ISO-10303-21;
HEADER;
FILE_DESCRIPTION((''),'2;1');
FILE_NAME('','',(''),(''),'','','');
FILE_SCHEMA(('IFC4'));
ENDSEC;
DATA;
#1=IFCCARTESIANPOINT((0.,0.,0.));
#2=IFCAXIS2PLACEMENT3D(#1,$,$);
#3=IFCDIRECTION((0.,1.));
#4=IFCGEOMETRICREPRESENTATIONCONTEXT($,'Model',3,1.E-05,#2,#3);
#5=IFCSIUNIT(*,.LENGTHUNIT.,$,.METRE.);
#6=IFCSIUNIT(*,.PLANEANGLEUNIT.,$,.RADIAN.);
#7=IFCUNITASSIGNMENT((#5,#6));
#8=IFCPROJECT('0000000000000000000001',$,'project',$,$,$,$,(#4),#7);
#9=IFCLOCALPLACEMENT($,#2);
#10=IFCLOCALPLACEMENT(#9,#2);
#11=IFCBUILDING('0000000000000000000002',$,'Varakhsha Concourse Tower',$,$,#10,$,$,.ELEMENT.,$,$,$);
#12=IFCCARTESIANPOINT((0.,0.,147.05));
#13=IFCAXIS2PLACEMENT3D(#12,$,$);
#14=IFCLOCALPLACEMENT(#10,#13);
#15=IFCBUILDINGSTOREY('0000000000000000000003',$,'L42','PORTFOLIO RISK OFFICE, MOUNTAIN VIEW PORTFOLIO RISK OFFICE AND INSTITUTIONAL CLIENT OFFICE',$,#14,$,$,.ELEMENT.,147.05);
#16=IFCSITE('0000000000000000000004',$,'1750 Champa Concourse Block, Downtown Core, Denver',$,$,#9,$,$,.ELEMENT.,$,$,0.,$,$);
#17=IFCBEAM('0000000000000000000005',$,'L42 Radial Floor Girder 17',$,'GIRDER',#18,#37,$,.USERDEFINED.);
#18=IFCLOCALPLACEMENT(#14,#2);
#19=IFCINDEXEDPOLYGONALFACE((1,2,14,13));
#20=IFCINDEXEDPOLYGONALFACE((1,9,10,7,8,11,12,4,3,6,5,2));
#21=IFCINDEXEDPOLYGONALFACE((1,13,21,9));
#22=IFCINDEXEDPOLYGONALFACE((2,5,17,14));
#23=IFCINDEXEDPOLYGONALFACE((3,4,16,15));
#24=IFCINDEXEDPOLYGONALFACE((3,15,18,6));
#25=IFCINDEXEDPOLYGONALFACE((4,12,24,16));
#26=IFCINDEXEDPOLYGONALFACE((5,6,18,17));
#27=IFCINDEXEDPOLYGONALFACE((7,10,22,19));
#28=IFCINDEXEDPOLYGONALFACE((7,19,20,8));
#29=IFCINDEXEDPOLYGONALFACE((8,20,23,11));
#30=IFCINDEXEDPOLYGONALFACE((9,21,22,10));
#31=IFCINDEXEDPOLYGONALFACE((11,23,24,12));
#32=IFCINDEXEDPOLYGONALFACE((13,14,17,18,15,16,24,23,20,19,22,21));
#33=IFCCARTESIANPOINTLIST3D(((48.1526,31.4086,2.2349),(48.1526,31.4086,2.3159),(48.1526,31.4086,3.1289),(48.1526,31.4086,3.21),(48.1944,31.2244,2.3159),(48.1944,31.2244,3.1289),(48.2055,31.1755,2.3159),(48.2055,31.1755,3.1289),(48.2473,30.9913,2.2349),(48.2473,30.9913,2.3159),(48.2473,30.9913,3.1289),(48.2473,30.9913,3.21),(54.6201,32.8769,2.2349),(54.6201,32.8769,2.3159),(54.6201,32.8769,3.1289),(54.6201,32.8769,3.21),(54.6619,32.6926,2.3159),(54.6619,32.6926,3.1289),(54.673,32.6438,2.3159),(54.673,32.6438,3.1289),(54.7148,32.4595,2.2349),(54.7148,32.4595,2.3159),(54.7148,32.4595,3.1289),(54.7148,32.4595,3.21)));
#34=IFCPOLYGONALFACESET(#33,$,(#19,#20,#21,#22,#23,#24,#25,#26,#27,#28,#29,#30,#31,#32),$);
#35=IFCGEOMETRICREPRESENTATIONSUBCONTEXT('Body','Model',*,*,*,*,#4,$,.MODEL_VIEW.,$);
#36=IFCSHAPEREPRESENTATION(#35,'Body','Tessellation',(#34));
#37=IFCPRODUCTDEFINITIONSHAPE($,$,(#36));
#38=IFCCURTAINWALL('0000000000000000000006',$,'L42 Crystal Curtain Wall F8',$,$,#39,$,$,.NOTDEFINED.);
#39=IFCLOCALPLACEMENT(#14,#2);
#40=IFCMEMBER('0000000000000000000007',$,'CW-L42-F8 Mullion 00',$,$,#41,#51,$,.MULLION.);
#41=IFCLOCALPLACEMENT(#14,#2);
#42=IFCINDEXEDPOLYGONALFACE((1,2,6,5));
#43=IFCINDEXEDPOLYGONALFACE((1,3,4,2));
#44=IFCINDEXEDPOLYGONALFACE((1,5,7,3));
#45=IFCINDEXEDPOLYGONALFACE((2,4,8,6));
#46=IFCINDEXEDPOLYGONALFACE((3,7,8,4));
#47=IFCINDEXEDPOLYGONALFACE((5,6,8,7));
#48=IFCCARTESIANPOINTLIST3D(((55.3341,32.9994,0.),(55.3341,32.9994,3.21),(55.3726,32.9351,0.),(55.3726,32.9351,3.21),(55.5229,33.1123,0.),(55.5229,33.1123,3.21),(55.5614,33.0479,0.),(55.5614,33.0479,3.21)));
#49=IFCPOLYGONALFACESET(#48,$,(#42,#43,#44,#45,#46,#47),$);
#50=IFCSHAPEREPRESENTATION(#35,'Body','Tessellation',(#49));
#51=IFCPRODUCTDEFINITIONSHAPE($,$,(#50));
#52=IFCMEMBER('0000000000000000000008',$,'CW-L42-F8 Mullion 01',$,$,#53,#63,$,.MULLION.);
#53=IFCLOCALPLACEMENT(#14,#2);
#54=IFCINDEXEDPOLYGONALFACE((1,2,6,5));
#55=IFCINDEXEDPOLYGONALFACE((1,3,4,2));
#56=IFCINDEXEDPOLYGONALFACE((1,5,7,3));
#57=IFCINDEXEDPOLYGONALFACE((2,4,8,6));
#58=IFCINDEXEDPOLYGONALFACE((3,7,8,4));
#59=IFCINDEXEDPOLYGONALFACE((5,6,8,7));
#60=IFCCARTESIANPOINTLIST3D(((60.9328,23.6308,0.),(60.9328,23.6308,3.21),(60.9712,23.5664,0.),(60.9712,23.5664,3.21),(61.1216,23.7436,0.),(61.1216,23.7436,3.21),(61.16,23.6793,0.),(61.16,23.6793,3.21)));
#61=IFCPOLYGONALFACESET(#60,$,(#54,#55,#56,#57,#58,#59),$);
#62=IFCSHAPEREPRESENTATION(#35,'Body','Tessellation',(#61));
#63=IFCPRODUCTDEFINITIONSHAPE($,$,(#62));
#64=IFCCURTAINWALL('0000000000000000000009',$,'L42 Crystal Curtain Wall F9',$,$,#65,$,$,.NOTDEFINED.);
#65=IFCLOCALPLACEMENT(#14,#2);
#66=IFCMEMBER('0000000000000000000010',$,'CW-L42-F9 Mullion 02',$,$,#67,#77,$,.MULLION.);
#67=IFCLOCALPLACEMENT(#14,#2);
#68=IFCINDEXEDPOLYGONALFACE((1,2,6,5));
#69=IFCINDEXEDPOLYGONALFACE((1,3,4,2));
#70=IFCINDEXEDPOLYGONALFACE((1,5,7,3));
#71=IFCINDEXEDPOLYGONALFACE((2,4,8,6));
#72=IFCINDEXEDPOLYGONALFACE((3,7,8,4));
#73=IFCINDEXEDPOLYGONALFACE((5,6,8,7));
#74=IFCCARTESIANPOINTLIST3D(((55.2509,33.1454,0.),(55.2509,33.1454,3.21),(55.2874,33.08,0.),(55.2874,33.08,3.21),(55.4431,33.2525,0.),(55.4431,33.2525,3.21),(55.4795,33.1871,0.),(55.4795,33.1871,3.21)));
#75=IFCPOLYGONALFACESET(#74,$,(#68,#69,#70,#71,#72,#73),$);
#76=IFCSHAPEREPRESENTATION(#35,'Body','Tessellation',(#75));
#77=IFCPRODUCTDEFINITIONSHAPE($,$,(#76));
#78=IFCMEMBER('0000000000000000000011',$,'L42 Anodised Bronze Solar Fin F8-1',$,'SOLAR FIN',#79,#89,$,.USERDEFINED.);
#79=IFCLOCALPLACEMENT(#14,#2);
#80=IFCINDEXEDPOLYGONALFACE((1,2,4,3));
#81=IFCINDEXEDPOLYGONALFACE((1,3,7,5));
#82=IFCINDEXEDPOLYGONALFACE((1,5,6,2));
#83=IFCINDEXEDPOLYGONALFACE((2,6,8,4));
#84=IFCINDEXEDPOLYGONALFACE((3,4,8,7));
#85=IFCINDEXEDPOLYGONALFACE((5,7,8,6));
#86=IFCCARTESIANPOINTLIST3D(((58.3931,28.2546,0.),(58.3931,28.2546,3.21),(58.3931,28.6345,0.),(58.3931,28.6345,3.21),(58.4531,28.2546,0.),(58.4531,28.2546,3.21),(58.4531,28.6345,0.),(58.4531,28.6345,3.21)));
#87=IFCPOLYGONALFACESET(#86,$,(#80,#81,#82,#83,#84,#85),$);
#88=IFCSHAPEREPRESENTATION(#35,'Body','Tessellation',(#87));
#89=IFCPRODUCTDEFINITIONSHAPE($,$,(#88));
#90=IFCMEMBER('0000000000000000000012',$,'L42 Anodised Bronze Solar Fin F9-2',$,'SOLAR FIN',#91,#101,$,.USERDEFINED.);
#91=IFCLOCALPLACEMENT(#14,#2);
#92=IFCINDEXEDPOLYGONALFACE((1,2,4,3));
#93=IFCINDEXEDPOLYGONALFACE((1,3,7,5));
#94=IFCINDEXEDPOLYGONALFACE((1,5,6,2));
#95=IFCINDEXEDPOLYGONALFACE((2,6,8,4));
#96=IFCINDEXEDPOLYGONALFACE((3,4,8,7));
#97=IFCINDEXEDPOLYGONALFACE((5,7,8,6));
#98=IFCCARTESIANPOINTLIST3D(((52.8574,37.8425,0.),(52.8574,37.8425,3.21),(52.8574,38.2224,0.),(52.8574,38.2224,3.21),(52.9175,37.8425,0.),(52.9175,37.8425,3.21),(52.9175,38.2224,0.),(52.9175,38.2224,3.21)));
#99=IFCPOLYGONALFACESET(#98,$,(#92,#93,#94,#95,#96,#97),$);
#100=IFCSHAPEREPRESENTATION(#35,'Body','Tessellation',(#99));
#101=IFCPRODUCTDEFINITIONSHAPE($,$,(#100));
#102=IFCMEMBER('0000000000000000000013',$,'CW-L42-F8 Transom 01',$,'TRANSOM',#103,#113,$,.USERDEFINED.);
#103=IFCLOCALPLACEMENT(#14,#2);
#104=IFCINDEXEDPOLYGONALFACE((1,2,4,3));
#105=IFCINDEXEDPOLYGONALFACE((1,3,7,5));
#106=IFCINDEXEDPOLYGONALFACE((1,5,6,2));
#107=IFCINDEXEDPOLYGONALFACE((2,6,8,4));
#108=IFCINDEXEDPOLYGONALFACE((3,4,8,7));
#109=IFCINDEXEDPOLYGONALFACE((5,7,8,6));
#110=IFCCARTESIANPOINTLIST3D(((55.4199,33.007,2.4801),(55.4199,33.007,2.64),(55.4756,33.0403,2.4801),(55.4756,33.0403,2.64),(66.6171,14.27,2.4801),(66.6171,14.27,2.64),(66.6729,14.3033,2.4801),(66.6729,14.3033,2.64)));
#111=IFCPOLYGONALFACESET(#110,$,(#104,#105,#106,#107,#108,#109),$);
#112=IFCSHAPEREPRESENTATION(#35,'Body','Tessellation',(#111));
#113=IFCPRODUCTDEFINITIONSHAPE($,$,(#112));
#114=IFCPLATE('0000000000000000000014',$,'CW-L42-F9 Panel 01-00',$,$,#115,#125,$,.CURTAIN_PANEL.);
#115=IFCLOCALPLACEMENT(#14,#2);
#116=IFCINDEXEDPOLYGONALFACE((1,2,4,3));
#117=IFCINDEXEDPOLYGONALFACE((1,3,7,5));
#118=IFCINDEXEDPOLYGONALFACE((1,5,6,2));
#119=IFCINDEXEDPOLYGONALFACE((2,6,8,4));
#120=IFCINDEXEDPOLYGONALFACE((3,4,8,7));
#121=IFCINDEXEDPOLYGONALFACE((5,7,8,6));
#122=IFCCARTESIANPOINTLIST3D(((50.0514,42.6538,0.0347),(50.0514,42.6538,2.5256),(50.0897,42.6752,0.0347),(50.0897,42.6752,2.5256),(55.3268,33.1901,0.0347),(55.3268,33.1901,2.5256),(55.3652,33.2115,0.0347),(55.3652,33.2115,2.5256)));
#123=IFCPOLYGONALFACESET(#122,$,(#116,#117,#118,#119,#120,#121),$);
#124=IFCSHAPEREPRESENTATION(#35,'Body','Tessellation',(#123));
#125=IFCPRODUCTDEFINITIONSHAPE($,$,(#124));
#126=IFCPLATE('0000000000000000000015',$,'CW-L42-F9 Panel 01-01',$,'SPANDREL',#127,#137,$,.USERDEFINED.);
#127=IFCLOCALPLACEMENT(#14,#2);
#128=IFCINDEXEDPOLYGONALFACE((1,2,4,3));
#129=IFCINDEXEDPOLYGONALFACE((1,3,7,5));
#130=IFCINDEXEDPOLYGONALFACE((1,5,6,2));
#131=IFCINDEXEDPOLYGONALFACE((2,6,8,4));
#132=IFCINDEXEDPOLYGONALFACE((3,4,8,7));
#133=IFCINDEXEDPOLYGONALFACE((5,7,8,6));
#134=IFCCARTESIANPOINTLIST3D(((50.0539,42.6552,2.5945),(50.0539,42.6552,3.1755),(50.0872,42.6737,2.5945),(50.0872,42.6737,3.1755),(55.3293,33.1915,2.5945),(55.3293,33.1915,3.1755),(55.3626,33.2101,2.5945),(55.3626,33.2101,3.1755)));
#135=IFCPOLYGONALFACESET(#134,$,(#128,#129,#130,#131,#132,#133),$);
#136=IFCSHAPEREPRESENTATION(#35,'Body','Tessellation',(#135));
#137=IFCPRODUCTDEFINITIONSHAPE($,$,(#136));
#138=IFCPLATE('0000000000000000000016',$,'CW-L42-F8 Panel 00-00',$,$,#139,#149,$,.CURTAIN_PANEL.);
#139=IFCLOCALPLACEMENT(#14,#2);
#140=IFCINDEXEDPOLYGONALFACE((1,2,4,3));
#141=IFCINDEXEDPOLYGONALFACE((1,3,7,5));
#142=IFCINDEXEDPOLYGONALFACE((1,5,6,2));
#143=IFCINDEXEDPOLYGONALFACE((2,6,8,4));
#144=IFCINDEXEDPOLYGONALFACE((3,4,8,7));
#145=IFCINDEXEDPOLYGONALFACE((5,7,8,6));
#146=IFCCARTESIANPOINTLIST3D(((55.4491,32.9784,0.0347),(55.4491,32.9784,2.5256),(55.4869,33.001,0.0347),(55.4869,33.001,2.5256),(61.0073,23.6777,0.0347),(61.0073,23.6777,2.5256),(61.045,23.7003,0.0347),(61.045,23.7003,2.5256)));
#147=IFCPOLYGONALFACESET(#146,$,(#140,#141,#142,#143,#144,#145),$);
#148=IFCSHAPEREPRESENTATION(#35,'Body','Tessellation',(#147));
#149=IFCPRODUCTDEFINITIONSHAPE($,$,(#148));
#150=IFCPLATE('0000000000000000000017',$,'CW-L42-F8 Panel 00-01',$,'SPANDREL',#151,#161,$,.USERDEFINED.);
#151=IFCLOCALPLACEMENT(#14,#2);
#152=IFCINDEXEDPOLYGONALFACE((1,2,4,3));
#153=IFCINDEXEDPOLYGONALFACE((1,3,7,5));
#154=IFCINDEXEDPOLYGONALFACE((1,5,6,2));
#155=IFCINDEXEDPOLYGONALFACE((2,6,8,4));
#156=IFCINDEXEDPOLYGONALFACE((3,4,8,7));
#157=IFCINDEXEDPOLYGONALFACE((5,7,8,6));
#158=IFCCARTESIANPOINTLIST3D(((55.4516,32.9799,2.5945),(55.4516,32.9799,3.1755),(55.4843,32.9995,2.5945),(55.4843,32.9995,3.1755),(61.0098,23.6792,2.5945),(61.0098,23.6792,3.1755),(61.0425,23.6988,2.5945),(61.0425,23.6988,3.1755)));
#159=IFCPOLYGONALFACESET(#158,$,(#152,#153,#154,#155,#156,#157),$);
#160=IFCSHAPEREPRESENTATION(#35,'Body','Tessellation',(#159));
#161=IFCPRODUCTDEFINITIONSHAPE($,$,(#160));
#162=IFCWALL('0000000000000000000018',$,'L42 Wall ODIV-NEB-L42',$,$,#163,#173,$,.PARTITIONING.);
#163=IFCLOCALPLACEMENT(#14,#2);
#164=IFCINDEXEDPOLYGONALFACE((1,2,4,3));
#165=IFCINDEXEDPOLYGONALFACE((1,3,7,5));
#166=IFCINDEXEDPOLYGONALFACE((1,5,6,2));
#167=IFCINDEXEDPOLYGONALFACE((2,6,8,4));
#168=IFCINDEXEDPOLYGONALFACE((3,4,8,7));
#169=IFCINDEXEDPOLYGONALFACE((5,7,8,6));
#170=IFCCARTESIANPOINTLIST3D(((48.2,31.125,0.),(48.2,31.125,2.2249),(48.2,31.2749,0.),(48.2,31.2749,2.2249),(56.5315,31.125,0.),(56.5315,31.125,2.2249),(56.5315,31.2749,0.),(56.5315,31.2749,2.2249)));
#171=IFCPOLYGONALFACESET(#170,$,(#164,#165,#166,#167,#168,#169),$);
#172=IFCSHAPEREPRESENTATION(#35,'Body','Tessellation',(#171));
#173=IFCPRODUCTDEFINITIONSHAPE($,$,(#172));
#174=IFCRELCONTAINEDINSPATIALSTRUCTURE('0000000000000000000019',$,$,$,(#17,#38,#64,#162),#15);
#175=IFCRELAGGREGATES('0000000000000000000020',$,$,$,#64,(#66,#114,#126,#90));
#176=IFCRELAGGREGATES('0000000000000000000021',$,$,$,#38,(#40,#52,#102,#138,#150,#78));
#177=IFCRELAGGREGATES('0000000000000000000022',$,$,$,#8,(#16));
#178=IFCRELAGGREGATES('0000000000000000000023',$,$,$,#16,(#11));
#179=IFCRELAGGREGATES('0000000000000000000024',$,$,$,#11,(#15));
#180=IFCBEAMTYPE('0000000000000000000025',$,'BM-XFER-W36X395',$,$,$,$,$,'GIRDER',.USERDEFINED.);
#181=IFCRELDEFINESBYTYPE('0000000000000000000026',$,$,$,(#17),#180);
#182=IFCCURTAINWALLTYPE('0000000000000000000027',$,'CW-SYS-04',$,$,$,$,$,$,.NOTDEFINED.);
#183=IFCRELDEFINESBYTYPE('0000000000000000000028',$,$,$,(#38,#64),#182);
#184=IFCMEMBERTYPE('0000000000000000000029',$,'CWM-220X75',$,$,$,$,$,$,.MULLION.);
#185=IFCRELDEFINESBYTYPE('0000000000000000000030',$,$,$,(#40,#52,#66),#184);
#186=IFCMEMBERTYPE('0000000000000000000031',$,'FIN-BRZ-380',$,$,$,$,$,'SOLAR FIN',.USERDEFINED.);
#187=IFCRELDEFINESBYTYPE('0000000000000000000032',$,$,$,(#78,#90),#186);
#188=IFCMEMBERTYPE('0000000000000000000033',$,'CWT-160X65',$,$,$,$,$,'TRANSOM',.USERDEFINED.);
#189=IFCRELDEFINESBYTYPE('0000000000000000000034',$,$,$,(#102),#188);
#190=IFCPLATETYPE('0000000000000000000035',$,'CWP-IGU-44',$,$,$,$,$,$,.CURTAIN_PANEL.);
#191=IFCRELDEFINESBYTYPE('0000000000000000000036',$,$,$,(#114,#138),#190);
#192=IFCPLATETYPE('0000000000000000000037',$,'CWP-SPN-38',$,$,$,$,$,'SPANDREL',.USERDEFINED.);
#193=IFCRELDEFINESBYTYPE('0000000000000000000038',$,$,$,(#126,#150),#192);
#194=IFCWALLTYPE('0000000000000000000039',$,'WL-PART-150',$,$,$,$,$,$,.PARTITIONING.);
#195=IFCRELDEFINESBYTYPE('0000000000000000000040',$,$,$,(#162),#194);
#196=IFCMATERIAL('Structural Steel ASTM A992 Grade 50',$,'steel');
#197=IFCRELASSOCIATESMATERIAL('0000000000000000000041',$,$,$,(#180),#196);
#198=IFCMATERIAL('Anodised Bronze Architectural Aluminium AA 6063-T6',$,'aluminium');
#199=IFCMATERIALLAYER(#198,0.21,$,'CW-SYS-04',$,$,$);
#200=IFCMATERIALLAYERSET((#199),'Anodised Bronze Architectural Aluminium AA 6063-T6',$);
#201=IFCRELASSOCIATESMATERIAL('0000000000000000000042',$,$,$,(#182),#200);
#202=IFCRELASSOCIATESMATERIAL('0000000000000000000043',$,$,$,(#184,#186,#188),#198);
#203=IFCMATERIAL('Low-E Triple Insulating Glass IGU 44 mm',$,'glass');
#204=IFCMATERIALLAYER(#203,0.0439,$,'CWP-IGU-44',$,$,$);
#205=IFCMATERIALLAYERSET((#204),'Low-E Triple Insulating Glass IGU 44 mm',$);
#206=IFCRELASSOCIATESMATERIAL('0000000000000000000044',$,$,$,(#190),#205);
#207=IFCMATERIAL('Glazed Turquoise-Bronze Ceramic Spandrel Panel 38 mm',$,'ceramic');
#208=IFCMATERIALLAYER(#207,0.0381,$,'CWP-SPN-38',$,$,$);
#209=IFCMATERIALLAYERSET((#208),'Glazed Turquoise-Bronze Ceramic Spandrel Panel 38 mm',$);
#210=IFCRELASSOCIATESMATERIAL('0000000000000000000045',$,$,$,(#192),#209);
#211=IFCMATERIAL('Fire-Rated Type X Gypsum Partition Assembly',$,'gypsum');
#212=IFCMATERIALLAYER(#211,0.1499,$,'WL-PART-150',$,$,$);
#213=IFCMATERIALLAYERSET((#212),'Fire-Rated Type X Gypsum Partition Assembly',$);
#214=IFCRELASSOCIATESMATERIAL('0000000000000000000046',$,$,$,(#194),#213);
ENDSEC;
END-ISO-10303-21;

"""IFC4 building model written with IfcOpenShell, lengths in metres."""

from ifc_helpers import new_model, si_unit, direction, frame, frame_2d, origin, origin_2d, place, context, subcontext, project, spatial, rectangle, i_section, extrude, source, transform, mapped, material, layer, layer_set, material_profile, profile_set, type_object, type_shapes, element, aggregate, save


model = new_model("IFC4")

# Units and contexts
model_context = context("Model", 3, precision=1e-05, world=origin(), true_north=direction((0.0, 1.0)))
body_context = subcontext(model_context, "Body", "Model", "MODEL_VIEW")
ifc_project = project(units=[si_unit("LENGTHUNIT", "METRE"), si_unit("PLANEANGLEUNIT", "RADIAN")], contexts=[model_context])

# Site, building, storey
site_placement = place(None, origin())
site = spatial("IfcSite", under=ifc_project, at=site_placement, Name="1750 Champa Concourse Block, Downtown Core, Denver", CompositionType="ELEMENT", RefElevation=0.0)
building_placement = place(site_placement, origin())
building = spatial("IfcBuilding", under=site, at=building_placement, Name="Varakhsha Concourse Tower", CompositionType="ELEMENT")
storey_placement = place(building_placement, frame((0.0, 0.0, 147.05)))
storey = spatial("IfcBuildingStorey", under=building, at=storey_placement, Name="L42", Description="PORTFOLIO RISK OFFICE, MOUNTAIN VIEW PORTFOLIO RISK OFFICE AND INSTITUTIONAL CLIENT OFFICE", CompositionType="ELEMENT", Elevation=147.05)

# Shared definitions
ifc_material_1 = material(Name="Structural Steel ASTM A992 Grade 50", Category="steel")

# Beam
ifc_material_profile_1 = material_profile(ifc_material_1, i_section(OverallWidth=0.428, OverallDepth=0.9751, WebThickness=0.05, FlangeThickness=0.0811, at=origin_2d()), Name="W36X395")
ifc_profile_set_1 = profile_set([ifc_material_profile_1], Name="Structural Steel ASTM A992 Grade 50")
beam_type_1 = type_object("IfcBeamType", Name="BM-XFER-W36X395", ElementType="GIRDER", PredefinedType="USERDEFINED", material=ifc_profile_set_1)
beam_1_placement = place(storey_placement, frame((48.2, 31.2, 2.7224), z_axis=(0.975186, 0.221387, 0.0), x_axis=(-0.221387, 0.975186, 0.0)))
element("IfcBeam", 1, at=beam_1_placement, inside=storey, type_object=beam_type_1, Name="L42 Radial Floor Girder 17", ObjectType="GIRDER", PredefinedType="USERDEFINED", context=body_context, shape_type="SweptSolid", body=[
    extrude(i_section(OverallWidth=0.428, OverallDepth=0.9751, WebThickness=0.05, FlangeThickness=0.0811, at=origin_2d()), origin(), (0.0, 0.0, 1.0), 6.6321),
])

# Curtain wall, members
ifc_material_2 = material(Name="Anodised Bronze Architectural Aluminium AA 6063-T6", Category="aluminium")
ifc_layer_1 = layer(ifc_material_2, 0.21, Name="CW-SYS-04")
ifc_layer_set_1 = layer_set([ifc_layer_1], Name="Anodised Bronze Architectural Aluminium AA 6063-T6")
curtain_wall_type = type_object("IfcCurtainWallType", Name="CW-SYS-04", PredefinedType="NOTDEFINED", material=ifc_layer_set_1)
curtain_wall_1_placement = place(storey_placement, origin())
curtain_wall_1 = element("IfcCurtainWall", 2, at=curtain_wall_1_placement, inside=storey, type_object=curtain_wall_type, Name="L42 Crystal Curtain Wall F8", PredefinedType="NOTDEFINED")
ifc_material_profile_2 = material_profile(ifc_material_2, rectangle(XDim=0.075, YDim=0.22, at=origin_2d()), Name="CWM-220X75")
ifc_profile_set_2 = profile_set([ifc_material_profile_2], Name="Anodised Bronze Architectural Aluminium AA 6063-T6")
member_type_1 = type_object("IfcMemberType", Name="CWM-220X75", PredefinedType="MULLION", material=ifc_profile_set_2)
shared_shape_1 = source(origin(), body_context, "Body", "SweptSolid", [
    extrude(rectangle(XDim=0.075, YDim=0.22, at=origin_2d()), origin(), (0.0, 0.0, 1.0), 3.21),
])
type_shapes(member_type_1, [shared_shape_1])
member_1_placement = place(storey_placement, frame((55.4478, 33.0237, 0.0), z_axis=(0.0, 0.0, 1.0), x_axis=(0.512984, -0.858398, 0.0)))
member_1 = element("IfcMember", 3, at=member_1_placement, type_object=member_type_1, Name="CW-L42-F8 Mullion 00", PredefinedType="MULLION", context=body_context, shape_type="MappedRepresentation", body=[
    mapped(shared_shape_1, transform((0.0, 0.0, 0.0), scale=1.0)),
])
member_2_placement = place(storey_placement, frame((61.0464, 23.655, 0.0), z_axis=(0.0, 0.0, 1.0), x_axis=(0.512984, -0.858398, 0.0)))
member_2 = element("IfcMember", 4, at=member_2_placement, type_object=member_type_1, Name="CW-L42-F8 Mullion 01", PredefinedType="MULLION", context=body_context, shape_type="MappedRepresentation", body=[
    mapped(shared_shape_1, transform((0.0, 0.0, 0.0), scale=1.0)),
])

# Curtain wall, member
curtain_wall_2_placement = place(storey_placement, origin())
curtain_wall_2 = element("IfcCurtainWall", 5, at=curtain_wall_2_placement, inside=storey, type_object=curtain_wall_type, Name="L42 Crystal Curtain Wall F9", PredefinedType="NOTDEFINED")
member_3_placement = place(storey_placement, frame((55.3652, 33.1663, 0.0), z_axis=(0.0, 0.0, 1.0), x_axis=(0.4869, -0.873458, 0.0)))
member_3 = element("IfcMember", 6, at=member_3_placement, type_object=member_type_1, Name="CW-L42-F9 Mullion 02", PredefinedType="MULLION", context=body_context, shape_type="MappedRepresentation", body=[
    mapped(shared_shape_1, transform((0.0, 0.0, 0.0), scale=1.0)),
])

# Members
ifc_material_profile_3 = material_profile(ifc_material_2, rectangle(XDim=0.0601, YDim=0.3799, at=origin_2d()), Name="FIN-BRZ-380")
ifc_profile_set_3 = profile_set([ifc_material_profile_3], Name="Anodised Bronze Architectural Aluminium AA 6063-T6")
member_type_2 = type_object("IfcMemberType", Name="FIN-BRZ-380", ElementType="SOLAR FIN", PredefinedType="USERDEFINED", material=ifc_profile_set_3)
shared_shape_2 = source(origin(), body_context, "Body", "SweptSolid", [
    extrude(rectangle(XDim=0.0601, YDim=0.3799, at=origin_2d()), origin(), (0.0, 0.0, 1.0), 3.21),
])
type_shapes(member_type_2, [shared_shape_2])
member_4_placement = place(storey_placement, frame((58.4231, 28.4446, 0.0), z_axis=(0.0, 0.0, 1.0), x_axis=(1.0, 0.0, 0.0)))
member_4 = element("IfcMember", 7, at=member_4_placement, type_object=member_type_2, Name="L42 Anodised Bronze Solar Fin F8-1", ObjectType="SOLAR FIN", PredefinedType="USERDEFINED", context=body_context, shape_type="MappedRepresentation", body=[
    mapped(shared_shape_2, transform((0.0, 0.0, 0.0), scale=1.0)),
])
member_5_placement = place(storey_placement, frame((52.8875, 38.0325, 0.0), z_axis=(0.0, 0.0, 1.0), x_axis=(1.0, 0.0, 0.0)))
member_5 = element("IfcMember", 8, at=member_5_placement, type_object=member_type_2, Name="L42 Anodised Bronze Solar Fin F9-2", ObjectType="SOLAR FIN", PredefinedType="USERDEFINED", context=body_context, shape_type="MappedRepresentation", body=[
    mapped(shared_shape_2, transform((0.0, 0.0, 0.0), scale=1.0)),
])
ifc_material_profile_4 = material_profile(ifc_material_2, rectangle(XDim=0.0649, YDim=0.1599, at=origin_2d()), Name="CWT-160X65")
ifc_profile_set_4 = profile_set([ifc_material_profile_4], Name="Anodised Bronze Architectural Aluminium AA 6063-T6")
member_type_3 = type_object("IfcMemberType", Name="CWT-160X65", ElementType="TRANSOM", PredefinedType="USERDEFINED", material=ifc_profile_set_4)
shared_shape_3 = source(origin(), body_context, "Body", "SweptSolid", [
    extrude(rectangle(XDim=0.0649, YDim=0.1599, at=origin_2d()), origin(), (0.0, 0.0, 1.0), 21.8279),
])
type_shapes(member_type_3, [shared_shape_3])
member_6_placement = place(storey_placement, frame((55.4478, 33.0237, 2.5601), z_axis=(0.51298, -0.858401, 0.0), x_axis=(0.858401, 0.51298, 0.0)))
member_6 = element("IfcMember", 9, at=member_6_placement, type_object=member_type_3, Name="CW-L42-F8 Transom 01", ObjectType="TRANSOM", PredefinedType="USERDEFINED", context=body_context, shape_type="MappedRepresentation", body=[
    mapped(shared_shape_3, transform((0.0, 0.0, 0.0), scale=1.0)),
])

# Plates
ifc_material_3 = material(Name="Low-E Triple Insulating Glass IGU 44 mm", Category="glass")
ifc_layer_2 = layer(ifc_material_3, 0.0439, Name="CWP-IGU-44")
ifc_layer_set_2 = layer_set([ifc_layer_2], Name="Low-E Triple Insulating Glass IGU 44 mm")
plate_type_1 = type_object("IfcPlateType", Name="CWP-IGU-44", PredefinedType="CURTAIN_PANEL", material=ifc_layer_set_2)
shared_shape_4 = source(origin(), body_context, "Body", "SweptSolid", [
    extrude(rectangle(XDim=10.8347, YDim=0.0439, at=origin_2d()), origin(), (0.0, 0.0, 1.0), 2.491),
])
plate_1_placement = place(storey_placement, frame((52.7083, 37.9326, 0.0347), z_axis=(0.0, 0.0, 1.0), x_axis=(0.4869, -0.873458, 0.0)))
plate_1 = element("IfcPlate", 10, at=plate_1_placement, type_object=plate_type_1, Name="CW-L42-F9 Panel 01-00", PredefinedType="CURTAIN_PANEL", context=body_context, shape_type="MappedRepresentation", body=[
    mapped(shared_shape_4, transform((0.0, 0.0, 0.0), scale=1.0)),
])
ifc_material_4 = material(Name="Glazed Turquoise-Bronze Ceramic Spandrel Panel 38 mm", Category="ceramic")
ifc_layer_3 = layer(ifc_material_4, 0.0381, Name="CWP-SPN-38")
ifc_layer_set_3 = layer_set([ifc_layer_3], Name="Glazed Turquoise-Bronze Ceramic Spandrel Panel 38 mm")
plate_type_2 = type_object("IfcPlateType", Name="CWP-SPN-38", ElementType="SPANDREL", PredefinedType="USERDEFINED", material=ifc_layer_set_3)
shared_shape_5 = source(origin(), body_context, "Body", "SweptSolid", [
    extrude(rectangle(XDim=10.8347, YDim=0.0381, at=origin_2d()), origin(), (0.0, 0.0, 1.0), 0.5811),
])
plate_2_placement = place(storey_placement, frame((52.7083, 37.9326, 2.5945), z_axis=(0.0, 0.0, 1.0), x_axis=(0.4869, -0.873458, 0.0)))
plate_2 = element("IfcPlate", 11, at=plate_2_placement, type_object=plate_type_2, Name="CW-L42-F9 Panel 01-01", ObjectType="SPANDREL", PredefinedType="USERDEFINED", context=body_context, shape_type="MappedRepresentation", body=[
    mapped(shared_shape_5, transform((0.0, 0.0, 0.0), scale=1.0)),
])
aggregate(curtain_wall_2, [member_3, plate_1, plate_2, member_5])
shared_shape_6 = source(origin(), body_context, "Body", "SweptSolid", [
    extrude(rectangle(XDim=10.835, YDim=0.0439, at=origin_2d()), origin(), (0.0, 0.0, 1.0), 2.491),
])
type_shapes(plate_type_1, [shared_shape_4, shared_shape_6])
plate_3_placement = place(storey_placement, frame((58.2471, 28.3394, 0.0347), z_axis=(0.0, 0.0, 1.0), x_axis=(0.512984, -0.858398, 0.0)))
plate_3 = element("IfcPlate", 12, at=plate_3_placement, type_object=plate_type_1, Name="CW-L42-F8 Panel 00-00", PredefinedType="CURTAIN_PANEL", context=body_context, shape_type="MappedRepresentation", body=[
    mapped(shared_shape_6, transform((0.0, 0.0, 0.0), scale=1.0)),
])
shared_shape_7 = source(origin(), body_context, "Body", "SweptSolid", [
    extrude(rectangle(XDim=10.835, YDim=0.0381, at=origin_2d()), origin(), (0.0, 0.0, 1.0), 0.5811),
])
type_shapes(plate_type_2, [shared_shape_5, shared_shape_7])
plate_4_placement = place(storey_placement, frame((58.2471, 28.3394, 2.5945), z_axis=(0.0, 0.0, 1.0), x_axis=(0.512984, -0.858398, 0.0)))
plate_4 = element("IfcPlate", 13, at=plate_4_placement, type_object=plate_type_2, Name="CW-L42-F8 Panel 00-01", ObjectType="SPANDREL", PredefinedType="USERDEFINED", context=body_context, shape_type="MappedRepresentation", body=[
    mapped(shared_shape_7, transform((0.0, 0.0, 0.0), scale=1.0)),
])
aggregate(curtain_wall_1, [member_1, member_2, member_6, plate_3, plate_4, member_4])

# Wall
ifc_material_5 = material(Name="Fire-Rated Type X Gypsum Partition Assembly", Category="gypsum")
ifc_layer_4 = layer(ifc_material_5, 0.1499, Name="WL-PART-150")
ifc_layer_set_4 = layer_set([ifc_layer_4], Name="Fire-Rated Type X Gypsum Partition Assembly")
wall_type_1 = type_object("IfcWallType", Name="WL-PART-150", PredefinedType="PARTITIONING", material=ifc_layer_set_4)
wall_1_placement = place(storey_placement, frame((48.2, 31.2, 0.0), z_axis=(0.0, 0.0, 1.0), x_axis=(1.0, 0.0, 0.0)))
element("IfcWall", 14, at=wall_1_placement, inside=storey, type_object=wall_type_1, Name="L42 Wall ODIV-NEB-L42", PredefinedType="PARTITIONING", context=body_context, shape_type="SweptSolid", body=[
    extrude(rectangle(XDim=8.3315, YDim=0.1499, at=frame_2d((4.1658, 0.0))), origin(), (0.0, 0.0, 1.0), 2.2249),
])

save(model, "model.ifc")
